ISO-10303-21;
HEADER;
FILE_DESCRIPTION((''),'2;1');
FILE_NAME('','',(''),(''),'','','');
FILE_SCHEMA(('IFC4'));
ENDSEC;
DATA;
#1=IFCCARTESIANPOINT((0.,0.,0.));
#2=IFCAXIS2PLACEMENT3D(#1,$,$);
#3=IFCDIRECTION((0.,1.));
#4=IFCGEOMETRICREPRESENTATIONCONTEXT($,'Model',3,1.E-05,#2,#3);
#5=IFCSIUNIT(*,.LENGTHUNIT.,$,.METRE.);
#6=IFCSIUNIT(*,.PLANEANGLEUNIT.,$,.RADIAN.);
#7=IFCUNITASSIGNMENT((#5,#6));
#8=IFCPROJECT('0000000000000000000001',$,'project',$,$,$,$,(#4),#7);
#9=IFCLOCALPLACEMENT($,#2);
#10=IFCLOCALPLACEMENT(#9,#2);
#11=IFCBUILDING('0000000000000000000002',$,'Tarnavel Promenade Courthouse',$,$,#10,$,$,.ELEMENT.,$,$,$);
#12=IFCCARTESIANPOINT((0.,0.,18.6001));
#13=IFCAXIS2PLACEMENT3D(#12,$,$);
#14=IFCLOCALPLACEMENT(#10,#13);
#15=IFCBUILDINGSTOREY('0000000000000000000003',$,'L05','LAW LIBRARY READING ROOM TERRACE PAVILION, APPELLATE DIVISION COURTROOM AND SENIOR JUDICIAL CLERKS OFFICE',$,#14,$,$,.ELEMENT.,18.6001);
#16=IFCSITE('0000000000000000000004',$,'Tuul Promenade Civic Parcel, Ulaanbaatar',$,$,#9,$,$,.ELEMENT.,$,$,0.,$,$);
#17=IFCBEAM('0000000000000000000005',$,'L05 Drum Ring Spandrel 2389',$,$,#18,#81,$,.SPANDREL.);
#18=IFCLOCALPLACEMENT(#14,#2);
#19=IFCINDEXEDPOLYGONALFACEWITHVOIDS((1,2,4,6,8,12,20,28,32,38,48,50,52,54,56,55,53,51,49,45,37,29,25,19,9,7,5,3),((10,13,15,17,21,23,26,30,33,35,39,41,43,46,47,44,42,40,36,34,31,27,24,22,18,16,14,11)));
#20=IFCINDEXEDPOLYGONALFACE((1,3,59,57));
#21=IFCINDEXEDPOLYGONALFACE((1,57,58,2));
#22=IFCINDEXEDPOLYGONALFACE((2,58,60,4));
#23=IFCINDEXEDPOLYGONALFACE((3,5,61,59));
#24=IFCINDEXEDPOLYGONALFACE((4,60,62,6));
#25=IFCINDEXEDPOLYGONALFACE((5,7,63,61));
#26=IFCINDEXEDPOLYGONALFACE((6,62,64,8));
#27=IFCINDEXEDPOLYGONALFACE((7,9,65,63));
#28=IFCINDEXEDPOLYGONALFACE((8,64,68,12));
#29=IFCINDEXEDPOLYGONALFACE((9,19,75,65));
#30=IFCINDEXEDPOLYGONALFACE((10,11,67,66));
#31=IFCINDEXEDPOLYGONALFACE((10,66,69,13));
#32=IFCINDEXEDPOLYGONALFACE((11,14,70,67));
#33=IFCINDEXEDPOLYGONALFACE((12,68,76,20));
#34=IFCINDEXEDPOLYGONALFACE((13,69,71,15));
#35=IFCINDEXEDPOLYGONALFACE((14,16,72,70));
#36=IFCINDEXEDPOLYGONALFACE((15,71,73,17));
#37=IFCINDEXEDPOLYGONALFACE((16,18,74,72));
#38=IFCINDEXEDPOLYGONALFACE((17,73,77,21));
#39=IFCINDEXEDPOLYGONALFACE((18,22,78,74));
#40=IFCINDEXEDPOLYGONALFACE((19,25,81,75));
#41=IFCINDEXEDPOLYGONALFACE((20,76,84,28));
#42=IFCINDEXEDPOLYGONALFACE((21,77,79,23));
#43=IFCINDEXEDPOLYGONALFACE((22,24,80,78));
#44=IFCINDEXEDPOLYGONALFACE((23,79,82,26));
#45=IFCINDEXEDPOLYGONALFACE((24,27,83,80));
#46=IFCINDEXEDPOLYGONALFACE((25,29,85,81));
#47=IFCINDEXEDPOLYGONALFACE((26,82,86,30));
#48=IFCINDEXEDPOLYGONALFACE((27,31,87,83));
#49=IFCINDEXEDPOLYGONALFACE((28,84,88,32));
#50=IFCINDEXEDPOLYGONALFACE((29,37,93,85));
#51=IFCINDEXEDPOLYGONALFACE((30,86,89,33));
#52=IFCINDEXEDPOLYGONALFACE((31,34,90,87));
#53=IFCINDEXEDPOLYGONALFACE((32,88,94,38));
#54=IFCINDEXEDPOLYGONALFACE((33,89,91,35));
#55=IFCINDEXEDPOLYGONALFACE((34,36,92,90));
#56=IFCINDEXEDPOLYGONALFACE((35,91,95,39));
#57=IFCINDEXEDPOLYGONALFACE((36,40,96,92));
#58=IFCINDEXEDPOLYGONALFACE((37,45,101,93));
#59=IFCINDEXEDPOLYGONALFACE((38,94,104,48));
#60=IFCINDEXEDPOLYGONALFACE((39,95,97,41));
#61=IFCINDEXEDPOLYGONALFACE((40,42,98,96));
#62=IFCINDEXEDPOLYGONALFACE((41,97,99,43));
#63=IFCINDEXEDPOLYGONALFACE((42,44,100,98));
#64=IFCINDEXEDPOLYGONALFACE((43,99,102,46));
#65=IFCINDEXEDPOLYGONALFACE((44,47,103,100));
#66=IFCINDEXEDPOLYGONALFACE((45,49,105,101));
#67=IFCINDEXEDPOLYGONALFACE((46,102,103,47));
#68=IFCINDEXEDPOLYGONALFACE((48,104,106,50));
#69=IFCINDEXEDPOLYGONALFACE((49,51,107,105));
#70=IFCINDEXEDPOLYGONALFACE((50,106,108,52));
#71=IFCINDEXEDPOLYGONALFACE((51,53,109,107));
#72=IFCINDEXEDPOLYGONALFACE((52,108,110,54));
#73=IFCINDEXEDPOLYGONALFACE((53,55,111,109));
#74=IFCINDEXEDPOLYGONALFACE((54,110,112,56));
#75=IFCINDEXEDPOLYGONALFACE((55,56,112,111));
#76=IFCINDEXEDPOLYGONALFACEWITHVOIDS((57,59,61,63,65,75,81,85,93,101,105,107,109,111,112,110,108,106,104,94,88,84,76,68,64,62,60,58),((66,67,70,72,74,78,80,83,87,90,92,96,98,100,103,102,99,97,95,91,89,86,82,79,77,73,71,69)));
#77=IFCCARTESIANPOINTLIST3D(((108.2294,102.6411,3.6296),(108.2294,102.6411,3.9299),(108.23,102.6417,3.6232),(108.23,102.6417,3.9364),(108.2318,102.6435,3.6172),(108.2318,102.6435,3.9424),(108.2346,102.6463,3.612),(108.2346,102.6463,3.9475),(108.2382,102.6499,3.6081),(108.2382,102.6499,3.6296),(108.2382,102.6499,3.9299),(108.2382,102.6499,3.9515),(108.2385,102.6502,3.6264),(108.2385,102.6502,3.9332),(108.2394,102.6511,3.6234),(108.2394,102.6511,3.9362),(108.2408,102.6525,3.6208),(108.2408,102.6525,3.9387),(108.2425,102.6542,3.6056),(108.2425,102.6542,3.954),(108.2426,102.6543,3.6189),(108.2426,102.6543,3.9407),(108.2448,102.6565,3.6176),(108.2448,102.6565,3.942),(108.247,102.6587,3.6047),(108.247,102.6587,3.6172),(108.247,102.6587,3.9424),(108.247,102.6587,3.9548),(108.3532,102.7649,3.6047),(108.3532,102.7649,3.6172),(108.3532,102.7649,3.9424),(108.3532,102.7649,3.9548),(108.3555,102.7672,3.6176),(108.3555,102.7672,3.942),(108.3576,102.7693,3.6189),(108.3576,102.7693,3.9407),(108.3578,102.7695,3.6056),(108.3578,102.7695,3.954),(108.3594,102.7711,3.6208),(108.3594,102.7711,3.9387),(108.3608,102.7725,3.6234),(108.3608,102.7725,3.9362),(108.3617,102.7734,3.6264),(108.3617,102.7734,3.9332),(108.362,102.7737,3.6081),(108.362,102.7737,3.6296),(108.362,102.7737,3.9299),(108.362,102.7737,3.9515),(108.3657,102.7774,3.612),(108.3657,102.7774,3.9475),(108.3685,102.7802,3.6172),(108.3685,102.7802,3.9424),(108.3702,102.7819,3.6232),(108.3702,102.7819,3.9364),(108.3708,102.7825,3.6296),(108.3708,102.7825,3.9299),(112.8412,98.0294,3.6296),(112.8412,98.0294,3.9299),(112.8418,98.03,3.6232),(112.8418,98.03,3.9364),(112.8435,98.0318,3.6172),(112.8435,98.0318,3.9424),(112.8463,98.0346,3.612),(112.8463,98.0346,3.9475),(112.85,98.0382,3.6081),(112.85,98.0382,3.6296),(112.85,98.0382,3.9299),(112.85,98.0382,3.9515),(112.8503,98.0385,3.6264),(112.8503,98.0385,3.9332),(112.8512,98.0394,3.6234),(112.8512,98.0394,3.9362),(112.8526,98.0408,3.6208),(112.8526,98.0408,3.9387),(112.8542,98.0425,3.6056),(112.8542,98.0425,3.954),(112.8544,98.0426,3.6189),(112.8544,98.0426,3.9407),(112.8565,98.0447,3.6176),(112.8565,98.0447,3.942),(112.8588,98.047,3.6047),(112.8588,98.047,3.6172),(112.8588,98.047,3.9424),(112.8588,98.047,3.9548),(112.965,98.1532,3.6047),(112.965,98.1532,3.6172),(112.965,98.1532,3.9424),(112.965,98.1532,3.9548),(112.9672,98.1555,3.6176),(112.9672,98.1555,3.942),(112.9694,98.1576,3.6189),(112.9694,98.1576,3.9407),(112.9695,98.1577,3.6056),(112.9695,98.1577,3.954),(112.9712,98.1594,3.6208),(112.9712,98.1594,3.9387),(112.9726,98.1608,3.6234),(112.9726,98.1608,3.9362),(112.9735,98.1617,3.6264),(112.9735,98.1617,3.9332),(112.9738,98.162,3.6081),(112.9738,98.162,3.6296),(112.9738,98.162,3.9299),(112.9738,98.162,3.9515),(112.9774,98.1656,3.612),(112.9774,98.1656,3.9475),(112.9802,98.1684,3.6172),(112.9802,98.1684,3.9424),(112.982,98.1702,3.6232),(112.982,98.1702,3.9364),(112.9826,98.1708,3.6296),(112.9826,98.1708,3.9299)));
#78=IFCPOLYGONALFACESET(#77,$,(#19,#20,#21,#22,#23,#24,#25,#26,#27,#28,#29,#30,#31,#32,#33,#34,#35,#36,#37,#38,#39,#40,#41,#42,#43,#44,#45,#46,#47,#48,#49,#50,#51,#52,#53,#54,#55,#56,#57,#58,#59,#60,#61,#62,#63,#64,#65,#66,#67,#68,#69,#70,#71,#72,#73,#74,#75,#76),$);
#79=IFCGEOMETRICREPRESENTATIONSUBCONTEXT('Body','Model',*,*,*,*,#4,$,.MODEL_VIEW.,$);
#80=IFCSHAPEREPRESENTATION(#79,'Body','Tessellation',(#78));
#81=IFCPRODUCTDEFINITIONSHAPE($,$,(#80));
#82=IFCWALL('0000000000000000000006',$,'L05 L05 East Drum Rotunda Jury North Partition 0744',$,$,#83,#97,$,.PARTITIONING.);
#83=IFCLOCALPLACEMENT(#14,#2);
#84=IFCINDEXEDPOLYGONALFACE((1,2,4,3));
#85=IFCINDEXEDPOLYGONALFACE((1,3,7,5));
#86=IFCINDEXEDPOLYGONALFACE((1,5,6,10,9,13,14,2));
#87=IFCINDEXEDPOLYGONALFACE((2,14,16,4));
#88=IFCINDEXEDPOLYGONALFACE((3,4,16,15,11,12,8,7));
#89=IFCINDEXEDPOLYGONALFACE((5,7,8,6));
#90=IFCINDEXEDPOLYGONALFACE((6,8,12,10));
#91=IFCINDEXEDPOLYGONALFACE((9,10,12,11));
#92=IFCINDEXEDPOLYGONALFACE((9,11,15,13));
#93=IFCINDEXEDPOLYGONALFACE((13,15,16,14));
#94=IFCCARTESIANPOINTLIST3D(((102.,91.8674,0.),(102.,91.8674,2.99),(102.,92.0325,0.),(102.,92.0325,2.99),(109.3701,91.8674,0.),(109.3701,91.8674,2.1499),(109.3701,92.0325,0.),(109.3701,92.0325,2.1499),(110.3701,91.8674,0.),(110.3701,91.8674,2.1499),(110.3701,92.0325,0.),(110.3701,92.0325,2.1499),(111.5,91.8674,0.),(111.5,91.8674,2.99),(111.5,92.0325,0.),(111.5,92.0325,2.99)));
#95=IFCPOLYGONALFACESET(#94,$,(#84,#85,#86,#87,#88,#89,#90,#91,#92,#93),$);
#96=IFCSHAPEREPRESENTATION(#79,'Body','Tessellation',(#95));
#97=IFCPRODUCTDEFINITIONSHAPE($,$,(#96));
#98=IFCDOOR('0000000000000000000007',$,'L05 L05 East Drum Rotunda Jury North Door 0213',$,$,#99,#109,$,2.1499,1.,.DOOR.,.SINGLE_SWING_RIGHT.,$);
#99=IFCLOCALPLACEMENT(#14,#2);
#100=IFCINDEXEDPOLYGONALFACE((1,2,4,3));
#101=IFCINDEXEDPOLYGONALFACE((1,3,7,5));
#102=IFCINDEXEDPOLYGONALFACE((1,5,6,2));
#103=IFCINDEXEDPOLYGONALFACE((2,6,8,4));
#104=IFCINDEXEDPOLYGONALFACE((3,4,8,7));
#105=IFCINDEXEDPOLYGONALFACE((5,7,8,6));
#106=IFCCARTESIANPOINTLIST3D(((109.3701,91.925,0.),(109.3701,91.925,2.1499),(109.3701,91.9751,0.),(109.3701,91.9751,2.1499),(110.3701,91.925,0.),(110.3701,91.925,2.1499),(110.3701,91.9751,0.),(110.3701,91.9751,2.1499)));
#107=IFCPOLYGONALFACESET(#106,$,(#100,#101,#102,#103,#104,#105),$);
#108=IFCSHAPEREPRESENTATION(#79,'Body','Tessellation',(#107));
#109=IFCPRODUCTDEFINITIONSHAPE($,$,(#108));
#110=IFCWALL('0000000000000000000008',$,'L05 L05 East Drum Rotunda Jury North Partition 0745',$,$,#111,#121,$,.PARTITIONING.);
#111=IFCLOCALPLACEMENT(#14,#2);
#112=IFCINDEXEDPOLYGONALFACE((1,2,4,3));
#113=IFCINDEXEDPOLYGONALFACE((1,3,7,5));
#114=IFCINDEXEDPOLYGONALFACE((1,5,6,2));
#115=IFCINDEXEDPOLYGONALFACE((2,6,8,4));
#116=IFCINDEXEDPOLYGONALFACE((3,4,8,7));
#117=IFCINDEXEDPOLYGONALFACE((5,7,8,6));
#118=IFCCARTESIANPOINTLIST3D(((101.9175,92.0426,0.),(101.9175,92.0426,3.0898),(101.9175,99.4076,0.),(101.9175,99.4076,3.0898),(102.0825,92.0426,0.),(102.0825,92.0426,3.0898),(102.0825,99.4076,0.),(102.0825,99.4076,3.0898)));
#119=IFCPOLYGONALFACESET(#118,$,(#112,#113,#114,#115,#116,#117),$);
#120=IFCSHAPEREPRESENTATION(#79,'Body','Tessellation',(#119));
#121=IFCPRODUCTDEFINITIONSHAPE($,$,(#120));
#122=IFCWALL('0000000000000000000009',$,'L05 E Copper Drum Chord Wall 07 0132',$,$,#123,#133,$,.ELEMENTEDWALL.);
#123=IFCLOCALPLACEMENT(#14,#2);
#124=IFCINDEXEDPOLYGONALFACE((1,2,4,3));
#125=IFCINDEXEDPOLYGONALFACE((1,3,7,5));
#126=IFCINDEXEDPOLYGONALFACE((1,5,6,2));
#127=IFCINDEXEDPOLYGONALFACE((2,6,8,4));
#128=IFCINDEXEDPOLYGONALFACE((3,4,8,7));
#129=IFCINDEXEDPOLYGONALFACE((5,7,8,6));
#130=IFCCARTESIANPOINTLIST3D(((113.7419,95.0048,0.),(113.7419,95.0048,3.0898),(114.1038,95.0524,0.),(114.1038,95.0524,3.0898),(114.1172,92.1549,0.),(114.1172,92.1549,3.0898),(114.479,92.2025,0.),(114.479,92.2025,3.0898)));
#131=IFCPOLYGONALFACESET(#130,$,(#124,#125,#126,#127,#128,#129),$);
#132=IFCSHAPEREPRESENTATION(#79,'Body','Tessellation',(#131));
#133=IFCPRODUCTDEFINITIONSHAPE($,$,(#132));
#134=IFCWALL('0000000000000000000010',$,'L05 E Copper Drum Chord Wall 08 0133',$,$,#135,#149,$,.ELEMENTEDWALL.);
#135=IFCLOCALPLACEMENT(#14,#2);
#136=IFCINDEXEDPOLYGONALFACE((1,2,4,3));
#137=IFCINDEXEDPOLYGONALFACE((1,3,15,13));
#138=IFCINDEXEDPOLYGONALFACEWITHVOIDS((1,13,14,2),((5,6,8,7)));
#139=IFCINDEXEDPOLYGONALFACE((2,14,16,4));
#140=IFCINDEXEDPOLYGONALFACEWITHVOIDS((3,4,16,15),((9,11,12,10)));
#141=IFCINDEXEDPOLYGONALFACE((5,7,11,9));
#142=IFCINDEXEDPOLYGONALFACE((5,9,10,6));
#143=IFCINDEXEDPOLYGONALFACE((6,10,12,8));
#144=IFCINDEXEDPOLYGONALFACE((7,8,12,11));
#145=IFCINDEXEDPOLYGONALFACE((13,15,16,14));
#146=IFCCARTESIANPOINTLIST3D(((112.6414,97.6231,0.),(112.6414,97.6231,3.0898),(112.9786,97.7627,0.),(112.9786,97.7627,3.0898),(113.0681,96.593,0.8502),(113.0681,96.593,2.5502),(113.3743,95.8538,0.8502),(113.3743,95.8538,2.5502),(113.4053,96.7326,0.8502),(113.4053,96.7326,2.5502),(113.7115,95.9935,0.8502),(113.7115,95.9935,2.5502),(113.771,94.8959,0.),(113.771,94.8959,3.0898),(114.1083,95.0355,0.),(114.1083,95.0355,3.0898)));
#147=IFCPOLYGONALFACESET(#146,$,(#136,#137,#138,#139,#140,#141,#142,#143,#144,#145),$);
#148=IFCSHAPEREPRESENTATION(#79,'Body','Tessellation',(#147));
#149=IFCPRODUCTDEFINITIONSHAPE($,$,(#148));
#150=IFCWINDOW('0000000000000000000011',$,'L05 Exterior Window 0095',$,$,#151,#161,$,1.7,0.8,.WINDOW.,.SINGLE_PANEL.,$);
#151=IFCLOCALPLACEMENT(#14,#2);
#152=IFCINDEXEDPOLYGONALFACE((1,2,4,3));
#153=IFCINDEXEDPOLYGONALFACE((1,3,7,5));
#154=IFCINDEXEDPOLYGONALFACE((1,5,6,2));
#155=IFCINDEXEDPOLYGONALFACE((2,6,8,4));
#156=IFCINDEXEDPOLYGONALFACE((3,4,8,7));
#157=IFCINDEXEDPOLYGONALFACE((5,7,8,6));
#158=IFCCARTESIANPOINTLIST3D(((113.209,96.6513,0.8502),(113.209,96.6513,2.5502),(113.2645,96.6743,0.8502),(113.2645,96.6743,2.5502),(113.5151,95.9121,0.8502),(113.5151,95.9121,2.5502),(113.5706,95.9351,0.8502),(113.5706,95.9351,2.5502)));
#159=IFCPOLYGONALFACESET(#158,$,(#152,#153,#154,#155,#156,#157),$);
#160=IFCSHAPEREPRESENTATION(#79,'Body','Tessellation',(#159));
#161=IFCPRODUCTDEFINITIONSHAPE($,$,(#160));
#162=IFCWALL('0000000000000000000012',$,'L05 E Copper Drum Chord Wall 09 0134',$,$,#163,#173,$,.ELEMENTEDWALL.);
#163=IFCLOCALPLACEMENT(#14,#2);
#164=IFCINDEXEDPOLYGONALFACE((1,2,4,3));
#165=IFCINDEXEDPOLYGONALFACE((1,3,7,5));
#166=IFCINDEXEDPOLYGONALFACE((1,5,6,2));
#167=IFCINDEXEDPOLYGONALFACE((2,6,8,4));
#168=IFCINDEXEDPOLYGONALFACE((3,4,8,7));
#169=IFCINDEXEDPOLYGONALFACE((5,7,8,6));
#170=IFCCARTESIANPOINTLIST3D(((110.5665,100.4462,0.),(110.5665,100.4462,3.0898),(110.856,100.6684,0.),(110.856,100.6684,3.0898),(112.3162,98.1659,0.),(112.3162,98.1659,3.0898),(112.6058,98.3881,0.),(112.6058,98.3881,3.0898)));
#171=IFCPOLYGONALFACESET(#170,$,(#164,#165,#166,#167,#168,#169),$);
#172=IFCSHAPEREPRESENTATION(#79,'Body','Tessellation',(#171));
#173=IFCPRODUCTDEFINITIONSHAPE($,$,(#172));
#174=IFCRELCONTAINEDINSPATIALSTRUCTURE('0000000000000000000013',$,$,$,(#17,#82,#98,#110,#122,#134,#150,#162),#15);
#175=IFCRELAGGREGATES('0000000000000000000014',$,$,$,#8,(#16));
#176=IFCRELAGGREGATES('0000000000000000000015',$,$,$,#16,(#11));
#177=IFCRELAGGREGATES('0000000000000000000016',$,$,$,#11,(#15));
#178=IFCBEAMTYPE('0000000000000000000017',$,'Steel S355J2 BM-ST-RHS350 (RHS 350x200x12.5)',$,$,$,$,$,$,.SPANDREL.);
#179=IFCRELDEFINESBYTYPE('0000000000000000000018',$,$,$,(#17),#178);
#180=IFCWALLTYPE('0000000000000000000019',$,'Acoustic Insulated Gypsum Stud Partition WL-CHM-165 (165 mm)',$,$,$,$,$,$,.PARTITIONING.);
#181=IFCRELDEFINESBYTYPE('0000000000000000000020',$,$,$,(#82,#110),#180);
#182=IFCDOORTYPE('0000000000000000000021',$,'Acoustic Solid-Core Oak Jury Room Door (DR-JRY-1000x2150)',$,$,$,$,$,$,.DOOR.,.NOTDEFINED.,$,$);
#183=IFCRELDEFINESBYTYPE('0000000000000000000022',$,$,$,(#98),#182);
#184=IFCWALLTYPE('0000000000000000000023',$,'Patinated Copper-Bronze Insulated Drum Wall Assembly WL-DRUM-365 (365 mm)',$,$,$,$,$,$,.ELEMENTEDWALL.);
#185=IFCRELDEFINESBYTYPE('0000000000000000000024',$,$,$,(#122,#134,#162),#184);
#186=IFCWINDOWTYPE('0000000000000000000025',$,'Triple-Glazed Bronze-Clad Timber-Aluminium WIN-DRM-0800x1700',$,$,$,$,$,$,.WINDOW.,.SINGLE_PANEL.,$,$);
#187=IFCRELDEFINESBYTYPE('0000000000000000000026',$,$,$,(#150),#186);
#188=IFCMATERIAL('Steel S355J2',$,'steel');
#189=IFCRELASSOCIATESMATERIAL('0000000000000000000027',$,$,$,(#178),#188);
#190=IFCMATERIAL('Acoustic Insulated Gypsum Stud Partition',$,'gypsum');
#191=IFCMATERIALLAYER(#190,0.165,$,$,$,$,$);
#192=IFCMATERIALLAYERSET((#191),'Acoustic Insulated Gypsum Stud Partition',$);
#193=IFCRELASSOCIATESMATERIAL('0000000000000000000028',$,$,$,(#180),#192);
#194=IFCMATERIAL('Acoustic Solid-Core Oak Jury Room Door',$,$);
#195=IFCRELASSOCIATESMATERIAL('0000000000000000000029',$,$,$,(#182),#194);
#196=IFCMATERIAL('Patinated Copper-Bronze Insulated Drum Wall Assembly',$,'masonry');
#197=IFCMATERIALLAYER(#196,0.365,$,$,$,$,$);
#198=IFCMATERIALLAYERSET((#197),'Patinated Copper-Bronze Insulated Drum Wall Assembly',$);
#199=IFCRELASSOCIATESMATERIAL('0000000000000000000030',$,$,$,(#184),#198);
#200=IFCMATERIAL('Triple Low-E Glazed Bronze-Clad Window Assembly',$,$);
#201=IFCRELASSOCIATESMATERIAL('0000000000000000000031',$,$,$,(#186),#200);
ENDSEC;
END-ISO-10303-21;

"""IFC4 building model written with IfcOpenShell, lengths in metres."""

from ifc_helpers import new_model, si_unit, direction, frame, frame_2d, origin, origin_2d, place, context, subcontext, project, spatial, rectangle, hollow_rectangle, extrude, material, layer, layer_set, material_profile, profile_set, type_object, element, fill, save


model = new_model("IFC4")

# Units and contexts
model_context = context("Model", 3, precision=1e-05, world=origin(), true_north=direction((0.0, 1.0)))
body_context = subcontext(model_context, "Body", "Model", "MODEL_VIEW")
ifc_project = project(units=[si_unit("LENGTHUNIT", "METRE"), si_unit("PLANEANGLEUNIT", "RADIAN")], contexts=[model_context])

# Site, building, storey
site_placement = place(None, origin())
site = spatial("IfcSite", under=ifc_project, at=site_placement, Name="Tuul Promenade Civic Parcel, Ulaanbaatar", CompositionType="ELEMENT", RefElevation=0.0)
building_placement = place(site_placement, origin())
building = spatial("IfcBuilding", under=site, at=building_placement, Name="Tarnavel Promenade Courthouse", CompositionType="ELEMENT")
storey_placement = place(building_placement, frame((0.0, 0.0, 18.6001)))
storey = spatial("IfcBuildingStorey", under=building, at=storey_placement, Name="L05", Description="LAW LIBRARY READING ROOM TERRACE PAVILION, APPELLATE DIVISION COURTROOM AND SENIOR JUDICIAL CLERKS OFFICE", CompositionType="ELEMENT", Elevation=18.6001)

# Beam
ifc_material_1 = material(Name="Steel S355J2", Category="steel")
ifc_material_profile_1 = material_profile(ifc_material_1, hollow_rectangle(XDim=0.2, YDim=0.3501, WallThickness=0.0125, InnerFilletRadius=0.0125, OuterFilletRadius=0.0249, at=origin_2d()), Name="RHS 350x200x12.5")
ifc_profile_set_1 = profile_set([ifc_material_profile_1], Name="Steel S355J2")
beam_type_1 = type_object("IfcBeamType", Name="Steel S355J2 BM-ST-RHS350 (RHS 350x200x12.5)", PredefinedType="SPANDREL", material=ifc_profile_set_1)
beam_1_placement = place(storey_placement, frame((112.9119, 98.1001, 3.7798), z_axis=(-0.707107, 0.707107, 0.0), x_axis=(-0.707107, -0.707107, 0.0)))
element("IfcBeam", 1, at=beam_1_placement, inside=storey, type_object=beam_type_1, Name="L05 Drum Ring Spandrel 2389", PredefinedType="SPANDREL", context=body_context, shape_type="SweptSolid", body=[
    extrude(hollow_rectangle(XDim=0.2, YDim=0.3501, WallThickness=0.0125, InnerFilletRadius=0.0125, OuterFilletRadius=0.0249, at=origin_2d()), origin(), (0.0, 0.0, 1.0), 6.522),
])

# Wall, opening, door
ifc_material_2 = material(Name="Acoustic Insulated Gypsum Stud Partition", Category="gypsum")
ifc_layer_1 = layer(ifc_material_2, 0.165)
ifc_layer_set_1 = layer_set([ifc_layer_1], Name="Acoustic Insulated Gypsum Stud Partition")
wall_type_1 = type_object("IfcWallType", Name="Acoustic Insulated Gypsum Stud Partition WL-CHM-165 (165 mm)", PredefinedType="PARTITIONING", material=ifc_layer_set_1)
wall_1_placement = place(storey_placement, frame((111.5, 91.95, 0.0), z_axis=(0.0, 0.0, 1.0), x_axis=(-1.0, 0.0, 0.0)))
wall_1 = element("IfcWall", 2, at=wall_1_placement, inside=storey, type_object=wall_type_1, Name="L05 L05 East Drum Rotunda Jury North Partition 0744", PredefinedType="PARTITIONING", context=body_context, shape_type="SweptSolid", body=[
    extrude(rectangle(XDim=9.5, YDim=0.165, at=frame_2d((4.75, 0.0))), origin(), (0.0, 0.0, 1.0), 2.99),
])
opening_1_placement = place(wall_1_placement, frame((1.1299, 0.0, 0.0)))
opening_1 = element("IfcOpeningElement", 3, at=opening_1_placement, cuts=wall_1, PredefinedType="OPENING", context=body_context, shape_type="SweptSolid", body=[
    extrude(rectangle(XDim=1.0, YDim=2.1499, at=frame_2d((0.5, 1.075))), frame((0.0, 0.0925, 0.0), z_axis=(0.0, -1.0, 0.0), x_axis=(1.0, 0.0, 0.0)), (0.0, 0.0, 1.0), 0.1851),
])
ifc_material_3 = material(Name="Acoustic Solid-Core Oak Jury Room Door")
door_type = type_object("IfcDoorType", Name="Acoustic Solid-Core Oak Jury Room Door (DR-JRY-1000x2150)", OperationType="NOTDEFINED", PredefinedType="DOOR", material=ifc_material_3)
door_placement = place(opening_1_placement, origin())
door = element("IfcDoor", 4, at=door_placement, inside=storey, type_object=door_type, Name="L05 L05 East Drum Rotunda Jury North Door 0213", OperationType="SINGLE_SWING_RIGHT", OverallHeight=2.1499, OverallWidth=1.0, PredefinedType="DOOR", context=body_context, shape_type="SweptSolid", body=[
    extrude(rectangle(XDim=1.0, YDim=2.1499, at=frame_2d((0.5, 1.075))), frame((0.0, 0.0249, 0.0), z_axis=(0.0, -1.0, 0.0), x_axis=(1.0, 0.0, 0.0)), (0.0, 0.0, 1.0), 0.05),
])
fill(opening_1, door)

# Walls
wall_2_placement = place(storey_placement, frame((102.0, 92.0425, 0.0), z_axis=(0.0, 0.0, 1.0), x_axis=(0.0, 1.0, 0.0)))
element("IfcWall", 5, at=wall_2_placement, inside=storey, type_object=wall_type_1, Name="L05 L05 East Drum Rotunda Jury North Partition 0745", PredefinedType="PARTITIONING", context=body_context, shape_type="SweptSolid", body=[
    extrude(rectangle(XDim=7.365, YDim=0.165, at=frame_2d((3.6826, 0.0))), origin(), (0.0, 0.0, 1.0), 3.0898),
])
ifc_material_4 = material(Name="Patinated Copper-Bronze Insulated Drum Wall Assembly", Category="masonry")
ifc_layer_2 = layer(ifc_material_4, 0.365)
ifc_layer_set_2 = layer_set([ifc_layer_2], Name="Patinated Copper-Bronze Insulated Drum Wall Assembly")
wall_type_2 = type_object("IfcWallType", Name="Patinated Copper-Bronze Insulated Drum Wall Assembly WL-DRUM-365 (365 mm)", PredefinedType="ELEMENTEDWALL", material=ifc_layer_set_2)
wall_3_placement = place(storey_placement, frame((114.2981, 92.1787, 0.0), z_axis=(0.0, 0.0, 1.0), x_axis=(-0.130545, 0.991442, 0.0)))
element("IfcWall", 6, at=wall_3_placement, inside=storey, type_object=wall_type_2, Name="L05 E Copper Drum Chord Wall 07 0132", PredefinedType="ELEMENTEDWALL", context=body_context, shape_type="SweptSolid", body=[
    extrude(rectangle(XDim=2.8745, YDim=0.365, at=frame_2d((1.4373, 0.0))), origin(), (0.0, 0.0, 1.0), 3.0898),
])

# Wall, opening, window
wall_4_placement = place(storey_placement, frame((113.9397, 94.9656, 0.0), z_axis=(0.0, 0.0, 1.0), x_axis=(-0.382671, 0.923885, 0.0)))
wall_4 = element("IfcWall", 7, at=wall_4_placement, inside=storey, type_object=wall_type_2, Name="L05 E Copper Drum Chord Wall 08 0133", PredefinedType="ELEMENTEDWALL", context=body_context, shape_type="SweptSolid", body=[
    extrude(rectangle(XDim=2.9519, YDim=0.365, at=frame_2d((1.4761, 0.0))), origin(), (0.0, 0.0, 1.0), 3.0898),
])
opening_2_placement = place(wall_4_placement, frame((1.0371, 0.0, 0.8501)))
opening_2 = element("IfcOpeningElement", 8, at=opening_2_placement, cuts=wall_4, PredefinedType="OPENING", context=body_context, shape_type="SweptSolid", body=[
    extrude(rectangle(XDim=0.8, YDim=1.7, at=frame_2d((0.3999, 0.8501))), frame((0.0, 0.1924, 0.0), z_axis=(0.0, -1.0, 0.0), x_axis=(1.0, 0.0, 0.0)), (0.0, 0.0, 1.0), 0.385),
])
ifc_material_5 = material(Name="Triple Low-E Glazed Bronze-Clad Window Assembly")
window_type = type_object("IfcWindowType", Name="Triple-Glazed Bronze-Clad Timber-Aluminium WIN-DRM-0800x1700", PartitioningType="SINGLE_PANEL", PredefinedType="WINDOW", material=ifc_material_5)
window_placement = place(opening_2_placement, origin())
window = element("IfcWindow", 9, at=window_placement, inside=storey, type_object=window_type, Name="L05 Exterior Window 0095", OverallHeight=1.7, OverallWidth=0.8, PartitioningType="SINGLE_PANEL", PredefinedType="WINDOW", context=body_context, shape_type="SweptSolid", body=[
    extrude(rectangle(XDim=0.8, YDim=1.7, at=frame_2d((0.3999, 0.8501))), frame((0.0, 0.03, 0.0), z_axis=(0.0, -1.0, 0.0), x_axis=(1.0, 0.0, 0.0)), (0.0, 0.0, 1.0), 0.0601),
])
fill(opening_2, window)

# Wall
wall_5_placement = place(storey_placement, frame((112.4609, 98.2771, 0.0), z_axis=(0.0, 0.0, 1.0), x_axis=(-0.60877, 0.793347, 0.0)))
element("IfcWall", 10, at=wall_5_placement, inside=storey, type_object=wall_type_2, Name="L05 E Copper Drum Chord Wall 09 0134", PredefinedType="ELEMENTEDWALL", context=body_context, shape_type="SweptSolid", body=[
    extrude(rectangle(XDim=2.8743, YDim=0.365, at=frame_2d((1.437, 0.0))), origin(), (0.0, 0.0, 1.0), 3.0898),
])

save(model, "model.ifc")
